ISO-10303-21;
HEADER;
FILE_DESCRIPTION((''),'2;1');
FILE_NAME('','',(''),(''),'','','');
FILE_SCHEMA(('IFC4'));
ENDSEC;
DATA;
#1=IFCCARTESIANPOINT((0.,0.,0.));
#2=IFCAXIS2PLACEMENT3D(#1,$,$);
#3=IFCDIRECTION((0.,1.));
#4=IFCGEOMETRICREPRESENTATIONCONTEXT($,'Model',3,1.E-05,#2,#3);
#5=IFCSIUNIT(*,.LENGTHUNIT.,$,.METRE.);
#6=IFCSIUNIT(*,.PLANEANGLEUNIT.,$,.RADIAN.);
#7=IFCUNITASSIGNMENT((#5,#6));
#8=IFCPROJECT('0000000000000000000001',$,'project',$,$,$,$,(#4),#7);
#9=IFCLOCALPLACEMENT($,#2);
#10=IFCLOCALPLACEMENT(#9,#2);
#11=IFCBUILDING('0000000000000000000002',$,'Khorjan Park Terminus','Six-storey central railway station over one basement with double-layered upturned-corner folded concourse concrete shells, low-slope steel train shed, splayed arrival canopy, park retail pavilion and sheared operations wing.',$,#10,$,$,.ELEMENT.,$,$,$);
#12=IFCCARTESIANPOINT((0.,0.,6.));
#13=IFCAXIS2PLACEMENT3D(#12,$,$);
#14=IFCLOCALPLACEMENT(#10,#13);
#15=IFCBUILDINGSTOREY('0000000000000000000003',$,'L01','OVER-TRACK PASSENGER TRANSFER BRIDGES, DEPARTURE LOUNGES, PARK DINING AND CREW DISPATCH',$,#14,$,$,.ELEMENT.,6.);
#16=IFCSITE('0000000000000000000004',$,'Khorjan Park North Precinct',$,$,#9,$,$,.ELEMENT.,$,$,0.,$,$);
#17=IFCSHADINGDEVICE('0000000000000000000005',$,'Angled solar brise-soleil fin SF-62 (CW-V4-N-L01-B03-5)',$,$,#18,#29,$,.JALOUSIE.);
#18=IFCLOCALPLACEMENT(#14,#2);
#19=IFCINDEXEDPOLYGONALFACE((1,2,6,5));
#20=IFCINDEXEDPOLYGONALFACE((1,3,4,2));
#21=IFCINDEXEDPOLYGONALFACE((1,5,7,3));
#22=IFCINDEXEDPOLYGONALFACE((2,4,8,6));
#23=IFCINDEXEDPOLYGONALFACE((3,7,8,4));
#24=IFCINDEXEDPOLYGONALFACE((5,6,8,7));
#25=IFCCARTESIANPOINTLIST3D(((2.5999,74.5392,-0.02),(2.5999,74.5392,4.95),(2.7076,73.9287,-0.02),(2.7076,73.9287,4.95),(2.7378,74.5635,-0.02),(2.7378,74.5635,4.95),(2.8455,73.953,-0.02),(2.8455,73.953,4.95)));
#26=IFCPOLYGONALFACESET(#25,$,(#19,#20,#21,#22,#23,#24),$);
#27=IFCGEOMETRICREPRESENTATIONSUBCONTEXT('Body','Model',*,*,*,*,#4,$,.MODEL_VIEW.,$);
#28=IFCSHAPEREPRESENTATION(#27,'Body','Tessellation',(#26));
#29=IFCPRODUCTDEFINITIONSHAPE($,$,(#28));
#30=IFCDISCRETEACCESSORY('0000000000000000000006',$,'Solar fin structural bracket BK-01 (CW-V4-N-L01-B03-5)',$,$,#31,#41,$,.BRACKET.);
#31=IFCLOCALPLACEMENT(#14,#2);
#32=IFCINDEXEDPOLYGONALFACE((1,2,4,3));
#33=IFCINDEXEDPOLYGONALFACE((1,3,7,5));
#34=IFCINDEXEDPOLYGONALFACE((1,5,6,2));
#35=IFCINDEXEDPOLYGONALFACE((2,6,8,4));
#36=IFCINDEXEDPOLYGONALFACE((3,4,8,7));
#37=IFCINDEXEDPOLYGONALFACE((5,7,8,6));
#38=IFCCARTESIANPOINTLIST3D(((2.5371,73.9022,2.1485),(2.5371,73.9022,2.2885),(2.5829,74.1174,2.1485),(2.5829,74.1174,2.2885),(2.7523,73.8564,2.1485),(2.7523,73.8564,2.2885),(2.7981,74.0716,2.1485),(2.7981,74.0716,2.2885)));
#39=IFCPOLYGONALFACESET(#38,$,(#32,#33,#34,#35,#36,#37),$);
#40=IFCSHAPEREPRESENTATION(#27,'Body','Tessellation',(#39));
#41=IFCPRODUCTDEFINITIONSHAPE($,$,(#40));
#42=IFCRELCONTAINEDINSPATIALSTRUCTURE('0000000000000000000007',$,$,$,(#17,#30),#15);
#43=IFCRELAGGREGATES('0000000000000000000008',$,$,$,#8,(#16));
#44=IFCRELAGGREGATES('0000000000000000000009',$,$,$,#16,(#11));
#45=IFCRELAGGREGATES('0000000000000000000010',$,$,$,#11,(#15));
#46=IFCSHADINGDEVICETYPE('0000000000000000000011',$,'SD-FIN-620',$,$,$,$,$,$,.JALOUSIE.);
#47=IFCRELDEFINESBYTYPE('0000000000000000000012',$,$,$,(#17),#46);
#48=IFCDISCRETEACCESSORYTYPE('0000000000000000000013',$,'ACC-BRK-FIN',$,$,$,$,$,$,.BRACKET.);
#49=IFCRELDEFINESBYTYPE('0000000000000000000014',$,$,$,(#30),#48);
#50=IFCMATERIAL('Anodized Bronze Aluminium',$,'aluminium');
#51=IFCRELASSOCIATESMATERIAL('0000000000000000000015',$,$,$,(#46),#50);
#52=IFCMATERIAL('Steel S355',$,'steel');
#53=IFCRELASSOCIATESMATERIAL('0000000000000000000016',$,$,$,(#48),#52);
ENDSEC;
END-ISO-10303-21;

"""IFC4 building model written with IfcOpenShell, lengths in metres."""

from ifc_helpers import new_model, si_unit, direction, frame, origin, origin_2d, place, context, subcontext, project, spatial, rectangle, extrude, material, type_object, element, save


model = new_model("IFC4")

# Units and contexts
model_context = context("Model", 3, precision=1e-05, world=origin(), true_north=direction((0.0, 1.0)))
body_context = subcontext(model_context, "Body", "Model", "MODEL_VIEW")
ifc_project = project(units=[si_unit("LENGTHUNIT", "METRE"), si_unit("PLANEANGLEUNIT", "RADIAN")], contexts=[model_context])

# Site, building, storey
site_placement = place(None, origin())
site = spatial("IfcSite", under=ifc_project, at=site_placement, Name="Khorjan Park North Precinct", CompositionType="ELEMENT", RefElevation=0.0)
building_placement = place(site_placement, origin())
building = spatial("IfcBuilding", under=site, at=building_placement, Name="Khorjan Park Terminus", Description="Six-storey central railway station over one basement with double-layered upturned-corner folded concourse concrete shells, low-slope steel train shed, splayed arrival canopy, park retail pavilion and sheared operations wing.", CompositionType="ELEMENT")
storey_placement = place(building_placement, frame((0.0, 0.0, 6.0)))
storey = spatial("IfcBuildingStorey", under=building, at=storey_placement, Name="L01", Description="OVER-TRACK PASSENGER TRANSFER BRIDGES, DEPARTURE LOUNGES, PARK DINING AND CREW DISPATCH", CompositionType="ELEMENT", Elevation=6.0)

# Shared definitions
ifc_material_1 = material(Name="Steel S355", Category="steel")

# Shared definitions
ifc_material_2 = material(Name="Anodized Bronze Aluminium", Category="aluminium")

# Shading device
shading_device_type = type_object("IfcShadingDeviceType", Name="SD-FIN-620", PredefinedType="JALOUSIE", material=ifc_material_2)
shading_device_placement = place(storey_placement, frame((2.7227, 74.2461, -0.02), z_axis=(0.0, 0.0, 1.0), x_axis=(0.173648, -0.984808, 0.0)))
element("IfcShadingDevice", 1, at=shading_device_placement, inside=storey, type_object=shading_device_type, Name="Angled solar brise-soleil fin SF-62 (CW-V4-N-L01-B03-5)", PredefinedType="JALOUSIE", context=body_context, shape_type="SweptSolid", body=[
    extrude(rectangle(XDim=0.62, YDim=0.14, at=origin_2d()), origin(), (0.0, 0.0, 1.0), 4.97),
])

# Discrete accessory
discrete_accessory_type = type_object("IfcDiscreteAccessoryType", Name="ACC-BRK-FIN", PredefinedType="BRACKET", material=ifc_material_1)
discrete_accessory_placement = place(storey_placement, frame((2.6676, 73.9869, 2.1485), z_axis=(0.0, 0.0, 1.0), x_axis=(-0.978146, 0.207917, 0.0)))
element("IfcDiscreteAccessory", 2, at=discrete_accessory_placement, inside=storey, type_object=discrete_accessory_type, Name="Solar fin structural bracket BK-01 (CW-V4-N-L01-B03-5)", PredefinedType="BRACKET", context=body_context, shape_type="SweptSolid", body=[
    extrude(rectangle(XDim=0.22, YDim=0.22, at=origin_2d()), origin(), (0.0, 0.0, 1.0), 0.14),
])

save(model, "model.ifc")
